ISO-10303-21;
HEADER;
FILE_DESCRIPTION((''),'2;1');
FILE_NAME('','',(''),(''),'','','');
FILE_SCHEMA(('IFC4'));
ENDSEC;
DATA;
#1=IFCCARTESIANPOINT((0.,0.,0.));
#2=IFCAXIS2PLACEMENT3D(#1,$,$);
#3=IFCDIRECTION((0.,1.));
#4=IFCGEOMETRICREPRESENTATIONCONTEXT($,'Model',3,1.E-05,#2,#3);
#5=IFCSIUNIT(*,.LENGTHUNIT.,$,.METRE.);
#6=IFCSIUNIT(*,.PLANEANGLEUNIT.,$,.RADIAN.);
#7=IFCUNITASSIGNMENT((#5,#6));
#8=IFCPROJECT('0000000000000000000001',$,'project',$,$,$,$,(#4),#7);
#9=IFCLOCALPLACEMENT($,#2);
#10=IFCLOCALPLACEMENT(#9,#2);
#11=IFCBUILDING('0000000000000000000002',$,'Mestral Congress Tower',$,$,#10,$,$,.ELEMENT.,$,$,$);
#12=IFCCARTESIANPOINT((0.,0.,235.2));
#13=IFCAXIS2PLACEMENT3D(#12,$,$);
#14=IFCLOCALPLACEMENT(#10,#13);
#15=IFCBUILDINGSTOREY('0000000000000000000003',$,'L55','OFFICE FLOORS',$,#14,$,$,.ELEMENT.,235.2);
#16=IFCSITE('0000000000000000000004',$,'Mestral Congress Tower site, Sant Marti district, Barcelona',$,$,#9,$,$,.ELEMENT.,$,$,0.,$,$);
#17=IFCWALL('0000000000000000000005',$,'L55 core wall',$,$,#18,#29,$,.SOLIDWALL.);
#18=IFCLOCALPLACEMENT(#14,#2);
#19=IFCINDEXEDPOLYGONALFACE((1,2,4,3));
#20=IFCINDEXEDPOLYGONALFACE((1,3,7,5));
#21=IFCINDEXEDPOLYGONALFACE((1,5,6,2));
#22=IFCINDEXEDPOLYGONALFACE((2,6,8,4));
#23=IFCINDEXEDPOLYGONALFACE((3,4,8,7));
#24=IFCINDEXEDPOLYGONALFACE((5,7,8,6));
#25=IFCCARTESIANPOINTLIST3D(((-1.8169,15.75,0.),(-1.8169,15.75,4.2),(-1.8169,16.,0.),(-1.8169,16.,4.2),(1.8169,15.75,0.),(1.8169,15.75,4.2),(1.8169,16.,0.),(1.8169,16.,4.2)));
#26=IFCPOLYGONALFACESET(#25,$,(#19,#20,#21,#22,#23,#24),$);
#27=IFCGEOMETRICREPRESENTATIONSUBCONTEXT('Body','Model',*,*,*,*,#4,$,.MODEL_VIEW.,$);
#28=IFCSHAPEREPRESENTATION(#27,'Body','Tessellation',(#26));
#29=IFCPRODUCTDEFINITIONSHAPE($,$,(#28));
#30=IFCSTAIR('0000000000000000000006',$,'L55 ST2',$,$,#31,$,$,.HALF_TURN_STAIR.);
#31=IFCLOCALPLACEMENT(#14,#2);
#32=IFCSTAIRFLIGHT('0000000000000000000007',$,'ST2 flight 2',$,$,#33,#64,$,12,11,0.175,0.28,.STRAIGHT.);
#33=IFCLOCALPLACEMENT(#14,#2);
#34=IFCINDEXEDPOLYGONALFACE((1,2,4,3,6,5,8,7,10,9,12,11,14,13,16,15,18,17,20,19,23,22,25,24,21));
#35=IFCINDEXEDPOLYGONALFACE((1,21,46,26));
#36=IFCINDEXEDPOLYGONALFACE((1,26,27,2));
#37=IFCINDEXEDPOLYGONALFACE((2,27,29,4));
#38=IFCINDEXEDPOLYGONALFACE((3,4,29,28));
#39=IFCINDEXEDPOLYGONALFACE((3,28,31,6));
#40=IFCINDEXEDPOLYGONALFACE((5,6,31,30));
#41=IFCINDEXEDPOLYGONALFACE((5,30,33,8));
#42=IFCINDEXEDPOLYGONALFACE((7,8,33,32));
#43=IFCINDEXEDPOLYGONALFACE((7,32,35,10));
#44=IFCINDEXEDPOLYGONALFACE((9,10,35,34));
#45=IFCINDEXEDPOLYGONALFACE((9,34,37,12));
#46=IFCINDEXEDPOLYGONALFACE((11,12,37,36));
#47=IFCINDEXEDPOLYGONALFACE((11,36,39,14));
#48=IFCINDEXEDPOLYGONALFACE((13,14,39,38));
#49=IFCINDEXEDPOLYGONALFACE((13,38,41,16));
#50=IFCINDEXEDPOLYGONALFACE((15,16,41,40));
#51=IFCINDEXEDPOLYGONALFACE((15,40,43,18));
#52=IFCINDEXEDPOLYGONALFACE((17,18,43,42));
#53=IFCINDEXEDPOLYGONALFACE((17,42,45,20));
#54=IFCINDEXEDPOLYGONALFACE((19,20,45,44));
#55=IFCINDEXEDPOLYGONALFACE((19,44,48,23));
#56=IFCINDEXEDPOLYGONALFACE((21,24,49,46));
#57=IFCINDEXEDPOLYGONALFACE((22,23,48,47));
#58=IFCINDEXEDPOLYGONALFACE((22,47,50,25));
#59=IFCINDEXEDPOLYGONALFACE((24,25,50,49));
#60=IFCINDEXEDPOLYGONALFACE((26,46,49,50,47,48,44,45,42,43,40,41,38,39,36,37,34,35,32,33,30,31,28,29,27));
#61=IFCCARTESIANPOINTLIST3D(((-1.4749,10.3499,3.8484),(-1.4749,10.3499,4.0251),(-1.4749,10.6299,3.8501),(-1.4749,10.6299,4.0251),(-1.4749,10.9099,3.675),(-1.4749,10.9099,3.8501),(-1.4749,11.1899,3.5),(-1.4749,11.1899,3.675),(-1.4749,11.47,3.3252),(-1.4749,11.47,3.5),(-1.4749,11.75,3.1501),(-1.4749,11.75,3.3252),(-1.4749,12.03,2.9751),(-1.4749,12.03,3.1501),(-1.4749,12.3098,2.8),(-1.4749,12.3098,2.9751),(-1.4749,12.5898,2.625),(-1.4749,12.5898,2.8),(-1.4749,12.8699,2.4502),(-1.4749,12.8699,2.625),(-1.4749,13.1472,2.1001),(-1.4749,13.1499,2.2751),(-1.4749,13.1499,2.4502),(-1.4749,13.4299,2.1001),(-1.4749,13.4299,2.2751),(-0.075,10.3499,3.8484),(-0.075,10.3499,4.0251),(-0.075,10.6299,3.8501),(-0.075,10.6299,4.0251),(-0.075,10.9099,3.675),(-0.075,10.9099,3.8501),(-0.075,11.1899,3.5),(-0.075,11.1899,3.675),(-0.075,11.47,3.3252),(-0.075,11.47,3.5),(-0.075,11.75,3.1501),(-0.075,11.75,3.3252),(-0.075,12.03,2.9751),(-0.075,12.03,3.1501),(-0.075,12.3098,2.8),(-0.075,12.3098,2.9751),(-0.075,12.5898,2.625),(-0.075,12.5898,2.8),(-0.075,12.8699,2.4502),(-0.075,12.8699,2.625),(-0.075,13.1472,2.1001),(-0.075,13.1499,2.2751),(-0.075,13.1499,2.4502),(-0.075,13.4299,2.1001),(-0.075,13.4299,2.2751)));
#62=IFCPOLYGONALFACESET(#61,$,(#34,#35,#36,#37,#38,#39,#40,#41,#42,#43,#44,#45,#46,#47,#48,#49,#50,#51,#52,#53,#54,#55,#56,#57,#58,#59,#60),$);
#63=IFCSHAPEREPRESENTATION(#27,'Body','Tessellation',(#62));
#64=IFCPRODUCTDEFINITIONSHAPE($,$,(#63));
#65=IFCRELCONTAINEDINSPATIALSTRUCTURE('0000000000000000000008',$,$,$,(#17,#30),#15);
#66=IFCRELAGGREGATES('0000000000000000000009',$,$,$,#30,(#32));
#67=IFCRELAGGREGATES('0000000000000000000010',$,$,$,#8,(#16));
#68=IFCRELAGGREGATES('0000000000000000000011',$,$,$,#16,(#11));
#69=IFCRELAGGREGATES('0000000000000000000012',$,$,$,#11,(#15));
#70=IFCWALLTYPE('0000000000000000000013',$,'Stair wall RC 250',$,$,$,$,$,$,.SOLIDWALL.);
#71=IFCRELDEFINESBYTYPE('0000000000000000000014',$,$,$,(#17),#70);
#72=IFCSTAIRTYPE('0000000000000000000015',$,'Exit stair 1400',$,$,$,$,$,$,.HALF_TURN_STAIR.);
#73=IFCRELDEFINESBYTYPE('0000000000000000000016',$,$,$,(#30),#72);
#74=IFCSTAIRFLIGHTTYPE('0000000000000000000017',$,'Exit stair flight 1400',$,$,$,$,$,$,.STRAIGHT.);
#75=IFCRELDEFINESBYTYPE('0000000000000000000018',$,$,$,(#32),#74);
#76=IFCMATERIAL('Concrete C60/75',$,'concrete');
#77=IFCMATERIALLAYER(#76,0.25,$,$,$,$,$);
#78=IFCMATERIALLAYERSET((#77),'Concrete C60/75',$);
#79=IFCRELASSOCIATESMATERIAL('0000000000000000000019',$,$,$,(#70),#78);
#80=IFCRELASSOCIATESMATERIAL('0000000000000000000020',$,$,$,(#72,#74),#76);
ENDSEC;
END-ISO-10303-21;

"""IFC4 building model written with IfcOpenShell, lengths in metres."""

from ifc_helpers import new_model, si_unit, direction, frame, frame_2d, origin, place, context, subcontext, project, spatial, polyline, rectangle, outline, extrude, material, layer, layer_set, type_object, element, aggregate, save


model = new_model("IFC4")

# Units and contexts
model_context = context("Model", 3, precision=1e-05, world=origin(), true_north=direction((0.0, 1.0)))
body_context = subcontext(model_context, "Body", "Model", "MODEL_VIEW")
ifc_project = project(units=[si_unit("LENGTHUNIT", "METRE"), si_unit("PLANEANGLEUNIT", "RADIAN")], contexts=[model_context])

# Site, building, storey
site_placement = place(None, origin())
site = spatial("IfcSite", under=ifc_project, at=site_placement, Name="Mestral Congress Tower site, Sant Marti district, Barcelona", CompositionType="ELEMENT", RefElevation=0.0)
building_placement = place(site_placement, origin())
building = spatial("IfcBuilding", under=site, at=building_placement, Name="Mestral Congress Tower", CompositionType="ELEMENT")
storey_placement = place(building_placement, frame((0.0, 0.0, 235.2)))
storey = spatial("IfcBuildingStorey", under=building, at=storey_placement, Name="L55", Description="OFFICE FLOORS", CompositionType="ELEMENT", Elevation=235.2)

# Shared definitions
ifc_material_1 = material(Name="Concrete C60/75", Category="concrete")

# Wall
ifc_layer_1 = layer(ifc_material_1, 0.25)
ifc_layer_set_1 = layer_set([ifc_layer_1], Name="Concrete C60/75")
wall_type_1 = type_object("IfcWallType", Name="Stair wall RC 250", PredefinedType="SOLIDWALL", material=ifc_layer_set_1)
wall_1_placement = place(storey_placement, frame((-1.8169, 15.875, 0.0), z_axis=(0.0, 0.0, 1.0), x_axis=(1.0, 0.0, 0.0)))
element("IfcWall", 1, at=wall_1_placement, inside=storey, type_object=wall_type_1, Name="L55 core wall", PredefinedType="SOLIDWALL", context=body_context, shape_type="SweptSolid", body=[
    extrude(rectangle(XDim=3.6338, YDim=0.25, at=frame_2d((1.8169, 0.0))), origin(), (0.0, 0.0, 1.0), 4.2),
])

# Stair, stair flight
stair_type = type_object("IfcStairType", Name="Exit stair 1400", PredefinedType="HALF_TURN_STAIR", material=ifc_material_1)
stair_placement = place(storey_placement, origin())
stair = element("IfcStair", 2, at=stair_placement, inside=storey, type_object=stair_type, Name="L55 ST2", PredefinedType="HALF_TURN_STAIR")
stair_flight_type = type_object("IfcStairFlightType", Name="Exit stair flight 1400", PredefinedType="STRAIGHT", material=ifc_material_1)
stair_flight_placement = place(storey_placement, frame((-0.7749, 13.4299, 2.1001), z_axis=(0.0, 0.0, 1.0), x_axis=(0.0, -1.0, 0.0)))
stair_flight = element("IfcStairFlight", 3, at=stair_flight_placement, type_object=stair_flight_type, Name="ST2 flight 2", NumberOfRisers=12, NumberOfTreads=11, PredefinedType="STRAIGHT", RiserHeight=0.175, TreadLength=0.28, context=body_context, shape_type="SweptSolid", body=[
    extrude(outline(polyline([(0.0, 0.0), (0.0, 0.175), (0.28, 0.175), (0.28, 0.3501), (0.5601, 0.3501), (0.5601, 0.5249), (0.8401, 0.5249), (0.8401, 0.7), (1.1201, 0.7), (1.1201, 0.875), (1.3999, 0.875), (1.3999, 1.05), (1.6799, 1.05), (1.6799, 1.2251), (1.96, 1.2251), (1.96, 1.3999), (2.24, 1.3999), (2.24, 1.575), (2.52, 1.575), (2.52, 1.75), (2.8, 1.75), (2.8, 1.925), (3.0801, 1.925), (3.0801, 2.1001), (3.0801, 1.7483), (0.2827, 0.0), (0.0, 0.0)])), frame((0.0, 0.7, 0.0), z_axis=(0.0, -1.0, 0.0), x_axis=(1.0, 0.0, 0.0)), (0.0, 0.0, 1.0), 1.3999),
])
aggregate(stair, [stair_flight])

save(model, "model.ifc")
